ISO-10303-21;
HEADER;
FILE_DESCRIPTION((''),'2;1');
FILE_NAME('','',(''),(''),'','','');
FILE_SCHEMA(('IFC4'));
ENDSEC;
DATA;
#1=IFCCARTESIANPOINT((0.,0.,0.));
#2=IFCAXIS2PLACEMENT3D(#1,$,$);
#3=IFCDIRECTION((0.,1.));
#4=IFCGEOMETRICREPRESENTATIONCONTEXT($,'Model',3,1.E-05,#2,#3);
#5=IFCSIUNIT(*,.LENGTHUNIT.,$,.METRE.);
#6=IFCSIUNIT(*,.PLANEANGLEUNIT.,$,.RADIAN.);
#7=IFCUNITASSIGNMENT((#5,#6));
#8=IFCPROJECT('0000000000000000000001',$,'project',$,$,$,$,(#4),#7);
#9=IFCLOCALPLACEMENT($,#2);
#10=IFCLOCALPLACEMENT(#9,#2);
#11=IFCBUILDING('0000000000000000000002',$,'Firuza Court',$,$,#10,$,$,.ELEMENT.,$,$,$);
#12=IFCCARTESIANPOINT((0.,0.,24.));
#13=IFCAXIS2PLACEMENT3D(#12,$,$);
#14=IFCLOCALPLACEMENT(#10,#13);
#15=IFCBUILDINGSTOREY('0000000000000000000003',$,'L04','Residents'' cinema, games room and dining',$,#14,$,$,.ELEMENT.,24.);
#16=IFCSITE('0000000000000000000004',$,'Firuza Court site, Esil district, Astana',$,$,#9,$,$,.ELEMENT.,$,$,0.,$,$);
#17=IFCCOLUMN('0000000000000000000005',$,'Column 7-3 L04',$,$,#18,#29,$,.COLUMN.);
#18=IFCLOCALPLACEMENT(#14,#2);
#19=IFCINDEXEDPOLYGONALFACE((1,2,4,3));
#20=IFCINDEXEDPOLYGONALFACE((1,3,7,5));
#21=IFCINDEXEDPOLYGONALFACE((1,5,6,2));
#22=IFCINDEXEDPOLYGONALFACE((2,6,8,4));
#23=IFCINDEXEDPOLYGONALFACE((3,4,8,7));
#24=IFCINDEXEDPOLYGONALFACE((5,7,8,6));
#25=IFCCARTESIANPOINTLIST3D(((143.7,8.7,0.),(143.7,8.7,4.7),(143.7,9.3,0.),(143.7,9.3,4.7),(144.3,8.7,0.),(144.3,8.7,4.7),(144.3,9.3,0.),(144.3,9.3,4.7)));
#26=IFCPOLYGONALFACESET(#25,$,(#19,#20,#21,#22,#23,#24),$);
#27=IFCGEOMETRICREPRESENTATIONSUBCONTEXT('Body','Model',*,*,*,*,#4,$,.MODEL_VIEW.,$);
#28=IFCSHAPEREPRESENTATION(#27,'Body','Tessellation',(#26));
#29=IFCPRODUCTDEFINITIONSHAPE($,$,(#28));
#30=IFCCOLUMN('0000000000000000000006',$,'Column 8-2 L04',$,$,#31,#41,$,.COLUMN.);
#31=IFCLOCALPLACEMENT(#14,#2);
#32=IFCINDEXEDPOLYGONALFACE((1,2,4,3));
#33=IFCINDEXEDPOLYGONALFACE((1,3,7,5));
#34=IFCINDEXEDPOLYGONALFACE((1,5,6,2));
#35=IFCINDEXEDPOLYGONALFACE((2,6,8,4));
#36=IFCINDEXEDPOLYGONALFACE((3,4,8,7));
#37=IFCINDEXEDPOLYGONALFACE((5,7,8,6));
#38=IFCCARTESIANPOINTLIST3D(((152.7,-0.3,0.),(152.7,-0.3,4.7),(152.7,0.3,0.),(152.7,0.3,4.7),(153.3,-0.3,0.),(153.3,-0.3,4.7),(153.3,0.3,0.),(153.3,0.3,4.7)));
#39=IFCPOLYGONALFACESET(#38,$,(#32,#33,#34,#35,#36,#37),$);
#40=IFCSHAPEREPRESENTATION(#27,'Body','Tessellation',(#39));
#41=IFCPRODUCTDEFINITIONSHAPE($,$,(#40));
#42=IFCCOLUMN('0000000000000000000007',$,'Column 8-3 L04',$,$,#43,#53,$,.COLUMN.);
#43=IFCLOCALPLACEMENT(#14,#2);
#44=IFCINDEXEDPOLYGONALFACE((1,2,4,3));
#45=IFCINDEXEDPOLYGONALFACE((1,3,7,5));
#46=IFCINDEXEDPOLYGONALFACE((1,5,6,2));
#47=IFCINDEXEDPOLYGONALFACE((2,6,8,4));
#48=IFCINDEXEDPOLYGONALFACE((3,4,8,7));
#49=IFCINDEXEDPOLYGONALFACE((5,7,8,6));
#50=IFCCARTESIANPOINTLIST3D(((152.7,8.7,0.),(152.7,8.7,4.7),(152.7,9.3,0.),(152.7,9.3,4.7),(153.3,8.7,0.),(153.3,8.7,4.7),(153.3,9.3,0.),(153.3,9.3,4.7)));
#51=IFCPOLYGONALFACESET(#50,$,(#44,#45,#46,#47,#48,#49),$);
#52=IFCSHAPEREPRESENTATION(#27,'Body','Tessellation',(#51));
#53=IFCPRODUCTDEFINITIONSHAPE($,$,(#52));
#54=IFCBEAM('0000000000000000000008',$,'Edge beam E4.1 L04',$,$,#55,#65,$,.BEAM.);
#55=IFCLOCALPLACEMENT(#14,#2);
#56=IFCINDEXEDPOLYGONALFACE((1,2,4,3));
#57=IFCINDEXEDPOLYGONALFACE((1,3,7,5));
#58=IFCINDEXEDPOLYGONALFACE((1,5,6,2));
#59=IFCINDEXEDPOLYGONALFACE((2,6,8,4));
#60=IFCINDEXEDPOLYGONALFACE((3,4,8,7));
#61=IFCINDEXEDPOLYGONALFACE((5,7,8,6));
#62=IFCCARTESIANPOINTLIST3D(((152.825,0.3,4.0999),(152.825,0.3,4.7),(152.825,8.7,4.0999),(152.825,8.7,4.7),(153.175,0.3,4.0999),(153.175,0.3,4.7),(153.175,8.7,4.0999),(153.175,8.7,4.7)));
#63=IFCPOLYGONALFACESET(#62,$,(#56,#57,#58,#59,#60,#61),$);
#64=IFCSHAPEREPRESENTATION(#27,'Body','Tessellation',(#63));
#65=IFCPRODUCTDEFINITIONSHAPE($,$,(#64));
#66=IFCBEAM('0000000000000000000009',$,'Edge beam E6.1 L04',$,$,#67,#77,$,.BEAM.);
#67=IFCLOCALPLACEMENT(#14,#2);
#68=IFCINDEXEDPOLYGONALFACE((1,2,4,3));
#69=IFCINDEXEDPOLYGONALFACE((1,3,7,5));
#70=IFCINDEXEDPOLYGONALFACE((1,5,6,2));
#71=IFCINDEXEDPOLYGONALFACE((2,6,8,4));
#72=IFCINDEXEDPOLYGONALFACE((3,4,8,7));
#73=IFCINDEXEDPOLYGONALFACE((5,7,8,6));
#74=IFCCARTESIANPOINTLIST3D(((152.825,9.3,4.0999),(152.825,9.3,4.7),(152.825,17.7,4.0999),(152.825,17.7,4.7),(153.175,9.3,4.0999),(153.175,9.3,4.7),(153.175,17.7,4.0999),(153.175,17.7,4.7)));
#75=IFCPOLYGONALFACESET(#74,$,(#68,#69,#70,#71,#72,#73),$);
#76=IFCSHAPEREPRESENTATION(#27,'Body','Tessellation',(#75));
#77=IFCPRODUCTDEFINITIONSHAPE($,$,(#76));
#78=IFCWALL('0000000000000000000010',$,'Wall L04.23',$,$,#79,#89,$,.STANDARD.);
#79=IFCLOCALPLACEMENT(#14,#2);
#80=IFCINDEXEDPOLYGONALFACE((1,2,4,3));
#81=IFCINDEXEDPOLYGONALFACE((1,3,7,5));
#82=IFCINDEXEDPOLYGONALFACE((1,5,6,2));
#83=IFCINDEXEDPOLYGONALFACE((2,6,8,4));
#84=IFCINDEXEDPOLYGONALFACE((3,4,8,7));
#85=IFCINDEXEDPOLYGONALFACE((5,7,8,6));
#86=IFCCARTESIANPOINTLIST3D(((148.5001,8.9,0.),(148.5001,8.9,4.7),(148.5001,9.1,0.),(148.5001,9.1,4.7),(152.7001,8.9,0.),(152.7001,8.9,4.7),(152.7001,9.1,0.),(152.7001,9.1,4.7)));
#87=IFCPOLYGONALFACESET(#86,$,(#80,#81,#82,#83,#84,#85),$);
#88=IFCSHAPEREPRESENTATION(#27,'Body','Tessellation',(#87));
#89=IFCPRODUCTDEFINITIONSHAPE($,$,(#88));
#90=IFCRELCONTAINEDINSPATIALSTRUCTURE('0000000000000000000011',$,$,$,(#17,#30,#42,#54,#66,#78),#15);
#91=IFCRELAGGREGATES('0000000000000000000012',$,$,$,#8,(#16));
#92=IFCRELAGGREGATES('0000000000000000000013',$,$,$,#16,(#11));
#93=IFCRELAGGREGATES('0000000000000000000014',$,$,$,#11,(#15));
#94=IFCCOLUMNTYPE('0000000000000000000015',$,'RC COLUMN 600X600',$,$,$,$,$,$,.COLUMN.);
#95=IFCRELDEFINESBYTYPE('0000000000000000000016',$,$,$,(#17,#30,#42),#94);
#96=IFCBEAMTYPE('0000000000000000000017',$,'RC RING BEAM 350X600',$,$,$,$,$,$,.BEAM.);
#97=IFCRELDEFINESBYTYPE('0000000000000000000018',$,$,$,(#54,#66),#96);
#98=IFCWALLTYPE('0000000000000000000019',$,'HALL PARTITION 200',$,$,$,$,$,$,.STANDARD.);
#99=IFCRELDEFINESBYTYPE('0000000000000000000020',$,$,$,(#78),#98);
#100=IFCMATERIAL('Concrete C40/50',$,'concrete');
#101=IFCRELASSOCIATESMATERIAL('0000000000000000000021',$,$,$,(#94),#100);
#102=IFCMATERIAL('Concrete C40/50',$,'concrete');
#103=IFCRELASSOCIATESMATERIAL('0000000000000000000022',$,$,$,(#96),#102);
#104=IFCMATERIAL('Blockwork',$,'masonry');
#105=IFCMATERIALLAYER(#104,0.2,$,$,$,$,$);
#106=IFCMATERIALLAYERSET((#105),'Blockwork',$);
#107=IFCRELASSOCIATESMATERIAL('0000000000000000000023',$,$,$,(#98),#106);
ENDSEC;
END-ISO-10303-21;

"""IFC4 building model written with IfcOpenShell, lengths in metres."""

from ifc_helpers import new_model, si_unit, direction, frame, frame_2d, origin, origin_2d, place, context, subcontext, project, spatial, rectangle, extrude, material, layer, layer_set, material_profile, profile_set, type_object, element, save


model = new_model("IFC4")

# Units and contexts
model_context = context("Model", 3, precision=1e-05, world=origin(), true_north=direction((0.0, 1.0)))
body_context = subcontext(model_context, "Body", "Model", "MODEL_VIEW")
ifc_project = project(units=[si_unit("LENGTHUNIT", "METRE"), si_unit("PLANEANGLEUNIT", "RADIAN")], contexts=[model_context])

# Site, building, storey
site_placement = place(None, origin())
site = spatial("IfcSite", under=ifc_project, at=site_placement, Name="Firuza Court site, Esil district, Astana", CompositionType="ELEMENT", RefElevation=0.0)
building_placement = place(site_placement, origin())
building = spatial("IfcBuilding", under=site, at=building_placement, Name="Firuza Court", CompositionType="ELEMENT")
storey_placement = place(building_placement, frame((0.0, 0.0, 24.0)))
storey = spatial("IfcBuildingStorey", under=building, at=storey_placement, Name="L04", Description="Residents' cinema, games room and dining", CompositionType="ELEMENT", Elevation=24.0)

# Columns
ifc_material_1 = material(Name="Concrete C40/50", Category="concrete")
ifc_material_profile_1 = material_profile(ifc_material_1, rectangle(XDim=0.6001, YDim=0.6001, at=origin_2d()), Name="RC 600X600")
ifc_profile_set_1 = profile_set([ifc_material_profile_1], Name="Concrete C40/50")
column_type = type_object("IfcColumnType", Name="RC COLUMN 600X600", PredefinedType="COLUMN", material=ifc_profile_set_1)
for number, where, z_axis, x_axis, name in (
    (1, (144.0, 9.0, 0.0), (0.0, 0.0, 1.0), (1.0, 0.0, 0.0), "Column 7-3 L04"),
    (2, (153.0, 0.0, 0.0), (0.0, 0.0, 1.0), (1.0, 0.0, 0.0), "Column 8-2 L04"),
    (3, (153.0, 9.0, 0.0), (0.0, 0.0, 1.0), (1.0, 0.0, 0.0), "Column 8-3 L04"),
):
    element("IfcColumn", number, at=place(storey_placement, frame(where, z_axis=z_axis, x_axis=x_axis)), inside=storey, type_object=column_type, Name=name, PredefinedType="COLUMN", context=body_context, shape_type="SweptSolid", body=[
        extrude(rectangle(XDim=0.6001, YDim=0.6001, at=origin_2d()), origin(), (0.0, 0.0, 1.0), 4.7),
    ])

# Beams
ifc_material_2 = material(Name="Concrete C40/50", Category="concrete")
ifc_material_profile_2 = material_profile(ifc_material_2, rectangle(XDim=0.3501, YDim=0.6001, at=origin_2d()), Name="RC 350X600")
ifc_profile_set_2 = profile_set([ifc_material_profile_2], Name="Concrete C40/50")
beam_type = type_object("IfcBeamType", Name="RC RING BEAM 350X600", PredefinedType="BEAM", material=ifc_profile_set_2)
for number, where, z_axis, x_axis, name in (
    (4, (153.0, 0.3, 4.3999), (0.0, 1.0, 0.0), (-1.0, 0.0, 0.0), "Edge beam E4.1 L04"),
    (5, (153.0, 9.3, 4.3999), (0.0, 1.0, 0.0), (-1.0, 0.0, 0.0), "Edge beam E6.1 L04"),
):
    element("IfcBeam", number, at=place(storey_placement, frame(where, z_axis=z_axis, x_axis=x_axis)), inside=storey, type_object=beam_type, Name=name, PredefinedType="BEAM", context=body_context, shape_type="SweptSolid", body=[
        extrude(rectangle(XDim=0.3501, YDim=0.6001, at=origin_2d()), origin(), (0.0, 0.0, 1.0), 8.3999),
    ])

# Wall
ifc_material_3 = material(Name="Blockwork", Category="masonry")
ifc_layer_1 = layer(ifc_material_3, 0.2)
ifc_layer_set_1 = layer_set([ifc_layer_1], Name="Blockwork")
wall_type_1 = type_object("IfcWallType", Name="HALL PARTITION 200", PredefinedType="STANDARD", material=ifc_layer_set_1)
wall_1_placement = place(storey_placement, frame((148.5, 9.0, 0.0), z_axis=(0.0, 0.0, 1.0), x_axis=(1.0, 0.0, 0.0)))
element("IfcWall", 6, at=wall_1_placement, inside=storey, type_object=wall_type_1, Name="Wall L04.23", PredefinedType="STANDARD", context=body_context, shape_type="SweptSolid", body=[
    extrude(rectangle(XDim=4.2, YDim=0.2, at=frame_2d((2.1001, 0.0))), origin(), (0.0, 0.0, 1.0), 4.7),
])

save(model, "model.ifc")
